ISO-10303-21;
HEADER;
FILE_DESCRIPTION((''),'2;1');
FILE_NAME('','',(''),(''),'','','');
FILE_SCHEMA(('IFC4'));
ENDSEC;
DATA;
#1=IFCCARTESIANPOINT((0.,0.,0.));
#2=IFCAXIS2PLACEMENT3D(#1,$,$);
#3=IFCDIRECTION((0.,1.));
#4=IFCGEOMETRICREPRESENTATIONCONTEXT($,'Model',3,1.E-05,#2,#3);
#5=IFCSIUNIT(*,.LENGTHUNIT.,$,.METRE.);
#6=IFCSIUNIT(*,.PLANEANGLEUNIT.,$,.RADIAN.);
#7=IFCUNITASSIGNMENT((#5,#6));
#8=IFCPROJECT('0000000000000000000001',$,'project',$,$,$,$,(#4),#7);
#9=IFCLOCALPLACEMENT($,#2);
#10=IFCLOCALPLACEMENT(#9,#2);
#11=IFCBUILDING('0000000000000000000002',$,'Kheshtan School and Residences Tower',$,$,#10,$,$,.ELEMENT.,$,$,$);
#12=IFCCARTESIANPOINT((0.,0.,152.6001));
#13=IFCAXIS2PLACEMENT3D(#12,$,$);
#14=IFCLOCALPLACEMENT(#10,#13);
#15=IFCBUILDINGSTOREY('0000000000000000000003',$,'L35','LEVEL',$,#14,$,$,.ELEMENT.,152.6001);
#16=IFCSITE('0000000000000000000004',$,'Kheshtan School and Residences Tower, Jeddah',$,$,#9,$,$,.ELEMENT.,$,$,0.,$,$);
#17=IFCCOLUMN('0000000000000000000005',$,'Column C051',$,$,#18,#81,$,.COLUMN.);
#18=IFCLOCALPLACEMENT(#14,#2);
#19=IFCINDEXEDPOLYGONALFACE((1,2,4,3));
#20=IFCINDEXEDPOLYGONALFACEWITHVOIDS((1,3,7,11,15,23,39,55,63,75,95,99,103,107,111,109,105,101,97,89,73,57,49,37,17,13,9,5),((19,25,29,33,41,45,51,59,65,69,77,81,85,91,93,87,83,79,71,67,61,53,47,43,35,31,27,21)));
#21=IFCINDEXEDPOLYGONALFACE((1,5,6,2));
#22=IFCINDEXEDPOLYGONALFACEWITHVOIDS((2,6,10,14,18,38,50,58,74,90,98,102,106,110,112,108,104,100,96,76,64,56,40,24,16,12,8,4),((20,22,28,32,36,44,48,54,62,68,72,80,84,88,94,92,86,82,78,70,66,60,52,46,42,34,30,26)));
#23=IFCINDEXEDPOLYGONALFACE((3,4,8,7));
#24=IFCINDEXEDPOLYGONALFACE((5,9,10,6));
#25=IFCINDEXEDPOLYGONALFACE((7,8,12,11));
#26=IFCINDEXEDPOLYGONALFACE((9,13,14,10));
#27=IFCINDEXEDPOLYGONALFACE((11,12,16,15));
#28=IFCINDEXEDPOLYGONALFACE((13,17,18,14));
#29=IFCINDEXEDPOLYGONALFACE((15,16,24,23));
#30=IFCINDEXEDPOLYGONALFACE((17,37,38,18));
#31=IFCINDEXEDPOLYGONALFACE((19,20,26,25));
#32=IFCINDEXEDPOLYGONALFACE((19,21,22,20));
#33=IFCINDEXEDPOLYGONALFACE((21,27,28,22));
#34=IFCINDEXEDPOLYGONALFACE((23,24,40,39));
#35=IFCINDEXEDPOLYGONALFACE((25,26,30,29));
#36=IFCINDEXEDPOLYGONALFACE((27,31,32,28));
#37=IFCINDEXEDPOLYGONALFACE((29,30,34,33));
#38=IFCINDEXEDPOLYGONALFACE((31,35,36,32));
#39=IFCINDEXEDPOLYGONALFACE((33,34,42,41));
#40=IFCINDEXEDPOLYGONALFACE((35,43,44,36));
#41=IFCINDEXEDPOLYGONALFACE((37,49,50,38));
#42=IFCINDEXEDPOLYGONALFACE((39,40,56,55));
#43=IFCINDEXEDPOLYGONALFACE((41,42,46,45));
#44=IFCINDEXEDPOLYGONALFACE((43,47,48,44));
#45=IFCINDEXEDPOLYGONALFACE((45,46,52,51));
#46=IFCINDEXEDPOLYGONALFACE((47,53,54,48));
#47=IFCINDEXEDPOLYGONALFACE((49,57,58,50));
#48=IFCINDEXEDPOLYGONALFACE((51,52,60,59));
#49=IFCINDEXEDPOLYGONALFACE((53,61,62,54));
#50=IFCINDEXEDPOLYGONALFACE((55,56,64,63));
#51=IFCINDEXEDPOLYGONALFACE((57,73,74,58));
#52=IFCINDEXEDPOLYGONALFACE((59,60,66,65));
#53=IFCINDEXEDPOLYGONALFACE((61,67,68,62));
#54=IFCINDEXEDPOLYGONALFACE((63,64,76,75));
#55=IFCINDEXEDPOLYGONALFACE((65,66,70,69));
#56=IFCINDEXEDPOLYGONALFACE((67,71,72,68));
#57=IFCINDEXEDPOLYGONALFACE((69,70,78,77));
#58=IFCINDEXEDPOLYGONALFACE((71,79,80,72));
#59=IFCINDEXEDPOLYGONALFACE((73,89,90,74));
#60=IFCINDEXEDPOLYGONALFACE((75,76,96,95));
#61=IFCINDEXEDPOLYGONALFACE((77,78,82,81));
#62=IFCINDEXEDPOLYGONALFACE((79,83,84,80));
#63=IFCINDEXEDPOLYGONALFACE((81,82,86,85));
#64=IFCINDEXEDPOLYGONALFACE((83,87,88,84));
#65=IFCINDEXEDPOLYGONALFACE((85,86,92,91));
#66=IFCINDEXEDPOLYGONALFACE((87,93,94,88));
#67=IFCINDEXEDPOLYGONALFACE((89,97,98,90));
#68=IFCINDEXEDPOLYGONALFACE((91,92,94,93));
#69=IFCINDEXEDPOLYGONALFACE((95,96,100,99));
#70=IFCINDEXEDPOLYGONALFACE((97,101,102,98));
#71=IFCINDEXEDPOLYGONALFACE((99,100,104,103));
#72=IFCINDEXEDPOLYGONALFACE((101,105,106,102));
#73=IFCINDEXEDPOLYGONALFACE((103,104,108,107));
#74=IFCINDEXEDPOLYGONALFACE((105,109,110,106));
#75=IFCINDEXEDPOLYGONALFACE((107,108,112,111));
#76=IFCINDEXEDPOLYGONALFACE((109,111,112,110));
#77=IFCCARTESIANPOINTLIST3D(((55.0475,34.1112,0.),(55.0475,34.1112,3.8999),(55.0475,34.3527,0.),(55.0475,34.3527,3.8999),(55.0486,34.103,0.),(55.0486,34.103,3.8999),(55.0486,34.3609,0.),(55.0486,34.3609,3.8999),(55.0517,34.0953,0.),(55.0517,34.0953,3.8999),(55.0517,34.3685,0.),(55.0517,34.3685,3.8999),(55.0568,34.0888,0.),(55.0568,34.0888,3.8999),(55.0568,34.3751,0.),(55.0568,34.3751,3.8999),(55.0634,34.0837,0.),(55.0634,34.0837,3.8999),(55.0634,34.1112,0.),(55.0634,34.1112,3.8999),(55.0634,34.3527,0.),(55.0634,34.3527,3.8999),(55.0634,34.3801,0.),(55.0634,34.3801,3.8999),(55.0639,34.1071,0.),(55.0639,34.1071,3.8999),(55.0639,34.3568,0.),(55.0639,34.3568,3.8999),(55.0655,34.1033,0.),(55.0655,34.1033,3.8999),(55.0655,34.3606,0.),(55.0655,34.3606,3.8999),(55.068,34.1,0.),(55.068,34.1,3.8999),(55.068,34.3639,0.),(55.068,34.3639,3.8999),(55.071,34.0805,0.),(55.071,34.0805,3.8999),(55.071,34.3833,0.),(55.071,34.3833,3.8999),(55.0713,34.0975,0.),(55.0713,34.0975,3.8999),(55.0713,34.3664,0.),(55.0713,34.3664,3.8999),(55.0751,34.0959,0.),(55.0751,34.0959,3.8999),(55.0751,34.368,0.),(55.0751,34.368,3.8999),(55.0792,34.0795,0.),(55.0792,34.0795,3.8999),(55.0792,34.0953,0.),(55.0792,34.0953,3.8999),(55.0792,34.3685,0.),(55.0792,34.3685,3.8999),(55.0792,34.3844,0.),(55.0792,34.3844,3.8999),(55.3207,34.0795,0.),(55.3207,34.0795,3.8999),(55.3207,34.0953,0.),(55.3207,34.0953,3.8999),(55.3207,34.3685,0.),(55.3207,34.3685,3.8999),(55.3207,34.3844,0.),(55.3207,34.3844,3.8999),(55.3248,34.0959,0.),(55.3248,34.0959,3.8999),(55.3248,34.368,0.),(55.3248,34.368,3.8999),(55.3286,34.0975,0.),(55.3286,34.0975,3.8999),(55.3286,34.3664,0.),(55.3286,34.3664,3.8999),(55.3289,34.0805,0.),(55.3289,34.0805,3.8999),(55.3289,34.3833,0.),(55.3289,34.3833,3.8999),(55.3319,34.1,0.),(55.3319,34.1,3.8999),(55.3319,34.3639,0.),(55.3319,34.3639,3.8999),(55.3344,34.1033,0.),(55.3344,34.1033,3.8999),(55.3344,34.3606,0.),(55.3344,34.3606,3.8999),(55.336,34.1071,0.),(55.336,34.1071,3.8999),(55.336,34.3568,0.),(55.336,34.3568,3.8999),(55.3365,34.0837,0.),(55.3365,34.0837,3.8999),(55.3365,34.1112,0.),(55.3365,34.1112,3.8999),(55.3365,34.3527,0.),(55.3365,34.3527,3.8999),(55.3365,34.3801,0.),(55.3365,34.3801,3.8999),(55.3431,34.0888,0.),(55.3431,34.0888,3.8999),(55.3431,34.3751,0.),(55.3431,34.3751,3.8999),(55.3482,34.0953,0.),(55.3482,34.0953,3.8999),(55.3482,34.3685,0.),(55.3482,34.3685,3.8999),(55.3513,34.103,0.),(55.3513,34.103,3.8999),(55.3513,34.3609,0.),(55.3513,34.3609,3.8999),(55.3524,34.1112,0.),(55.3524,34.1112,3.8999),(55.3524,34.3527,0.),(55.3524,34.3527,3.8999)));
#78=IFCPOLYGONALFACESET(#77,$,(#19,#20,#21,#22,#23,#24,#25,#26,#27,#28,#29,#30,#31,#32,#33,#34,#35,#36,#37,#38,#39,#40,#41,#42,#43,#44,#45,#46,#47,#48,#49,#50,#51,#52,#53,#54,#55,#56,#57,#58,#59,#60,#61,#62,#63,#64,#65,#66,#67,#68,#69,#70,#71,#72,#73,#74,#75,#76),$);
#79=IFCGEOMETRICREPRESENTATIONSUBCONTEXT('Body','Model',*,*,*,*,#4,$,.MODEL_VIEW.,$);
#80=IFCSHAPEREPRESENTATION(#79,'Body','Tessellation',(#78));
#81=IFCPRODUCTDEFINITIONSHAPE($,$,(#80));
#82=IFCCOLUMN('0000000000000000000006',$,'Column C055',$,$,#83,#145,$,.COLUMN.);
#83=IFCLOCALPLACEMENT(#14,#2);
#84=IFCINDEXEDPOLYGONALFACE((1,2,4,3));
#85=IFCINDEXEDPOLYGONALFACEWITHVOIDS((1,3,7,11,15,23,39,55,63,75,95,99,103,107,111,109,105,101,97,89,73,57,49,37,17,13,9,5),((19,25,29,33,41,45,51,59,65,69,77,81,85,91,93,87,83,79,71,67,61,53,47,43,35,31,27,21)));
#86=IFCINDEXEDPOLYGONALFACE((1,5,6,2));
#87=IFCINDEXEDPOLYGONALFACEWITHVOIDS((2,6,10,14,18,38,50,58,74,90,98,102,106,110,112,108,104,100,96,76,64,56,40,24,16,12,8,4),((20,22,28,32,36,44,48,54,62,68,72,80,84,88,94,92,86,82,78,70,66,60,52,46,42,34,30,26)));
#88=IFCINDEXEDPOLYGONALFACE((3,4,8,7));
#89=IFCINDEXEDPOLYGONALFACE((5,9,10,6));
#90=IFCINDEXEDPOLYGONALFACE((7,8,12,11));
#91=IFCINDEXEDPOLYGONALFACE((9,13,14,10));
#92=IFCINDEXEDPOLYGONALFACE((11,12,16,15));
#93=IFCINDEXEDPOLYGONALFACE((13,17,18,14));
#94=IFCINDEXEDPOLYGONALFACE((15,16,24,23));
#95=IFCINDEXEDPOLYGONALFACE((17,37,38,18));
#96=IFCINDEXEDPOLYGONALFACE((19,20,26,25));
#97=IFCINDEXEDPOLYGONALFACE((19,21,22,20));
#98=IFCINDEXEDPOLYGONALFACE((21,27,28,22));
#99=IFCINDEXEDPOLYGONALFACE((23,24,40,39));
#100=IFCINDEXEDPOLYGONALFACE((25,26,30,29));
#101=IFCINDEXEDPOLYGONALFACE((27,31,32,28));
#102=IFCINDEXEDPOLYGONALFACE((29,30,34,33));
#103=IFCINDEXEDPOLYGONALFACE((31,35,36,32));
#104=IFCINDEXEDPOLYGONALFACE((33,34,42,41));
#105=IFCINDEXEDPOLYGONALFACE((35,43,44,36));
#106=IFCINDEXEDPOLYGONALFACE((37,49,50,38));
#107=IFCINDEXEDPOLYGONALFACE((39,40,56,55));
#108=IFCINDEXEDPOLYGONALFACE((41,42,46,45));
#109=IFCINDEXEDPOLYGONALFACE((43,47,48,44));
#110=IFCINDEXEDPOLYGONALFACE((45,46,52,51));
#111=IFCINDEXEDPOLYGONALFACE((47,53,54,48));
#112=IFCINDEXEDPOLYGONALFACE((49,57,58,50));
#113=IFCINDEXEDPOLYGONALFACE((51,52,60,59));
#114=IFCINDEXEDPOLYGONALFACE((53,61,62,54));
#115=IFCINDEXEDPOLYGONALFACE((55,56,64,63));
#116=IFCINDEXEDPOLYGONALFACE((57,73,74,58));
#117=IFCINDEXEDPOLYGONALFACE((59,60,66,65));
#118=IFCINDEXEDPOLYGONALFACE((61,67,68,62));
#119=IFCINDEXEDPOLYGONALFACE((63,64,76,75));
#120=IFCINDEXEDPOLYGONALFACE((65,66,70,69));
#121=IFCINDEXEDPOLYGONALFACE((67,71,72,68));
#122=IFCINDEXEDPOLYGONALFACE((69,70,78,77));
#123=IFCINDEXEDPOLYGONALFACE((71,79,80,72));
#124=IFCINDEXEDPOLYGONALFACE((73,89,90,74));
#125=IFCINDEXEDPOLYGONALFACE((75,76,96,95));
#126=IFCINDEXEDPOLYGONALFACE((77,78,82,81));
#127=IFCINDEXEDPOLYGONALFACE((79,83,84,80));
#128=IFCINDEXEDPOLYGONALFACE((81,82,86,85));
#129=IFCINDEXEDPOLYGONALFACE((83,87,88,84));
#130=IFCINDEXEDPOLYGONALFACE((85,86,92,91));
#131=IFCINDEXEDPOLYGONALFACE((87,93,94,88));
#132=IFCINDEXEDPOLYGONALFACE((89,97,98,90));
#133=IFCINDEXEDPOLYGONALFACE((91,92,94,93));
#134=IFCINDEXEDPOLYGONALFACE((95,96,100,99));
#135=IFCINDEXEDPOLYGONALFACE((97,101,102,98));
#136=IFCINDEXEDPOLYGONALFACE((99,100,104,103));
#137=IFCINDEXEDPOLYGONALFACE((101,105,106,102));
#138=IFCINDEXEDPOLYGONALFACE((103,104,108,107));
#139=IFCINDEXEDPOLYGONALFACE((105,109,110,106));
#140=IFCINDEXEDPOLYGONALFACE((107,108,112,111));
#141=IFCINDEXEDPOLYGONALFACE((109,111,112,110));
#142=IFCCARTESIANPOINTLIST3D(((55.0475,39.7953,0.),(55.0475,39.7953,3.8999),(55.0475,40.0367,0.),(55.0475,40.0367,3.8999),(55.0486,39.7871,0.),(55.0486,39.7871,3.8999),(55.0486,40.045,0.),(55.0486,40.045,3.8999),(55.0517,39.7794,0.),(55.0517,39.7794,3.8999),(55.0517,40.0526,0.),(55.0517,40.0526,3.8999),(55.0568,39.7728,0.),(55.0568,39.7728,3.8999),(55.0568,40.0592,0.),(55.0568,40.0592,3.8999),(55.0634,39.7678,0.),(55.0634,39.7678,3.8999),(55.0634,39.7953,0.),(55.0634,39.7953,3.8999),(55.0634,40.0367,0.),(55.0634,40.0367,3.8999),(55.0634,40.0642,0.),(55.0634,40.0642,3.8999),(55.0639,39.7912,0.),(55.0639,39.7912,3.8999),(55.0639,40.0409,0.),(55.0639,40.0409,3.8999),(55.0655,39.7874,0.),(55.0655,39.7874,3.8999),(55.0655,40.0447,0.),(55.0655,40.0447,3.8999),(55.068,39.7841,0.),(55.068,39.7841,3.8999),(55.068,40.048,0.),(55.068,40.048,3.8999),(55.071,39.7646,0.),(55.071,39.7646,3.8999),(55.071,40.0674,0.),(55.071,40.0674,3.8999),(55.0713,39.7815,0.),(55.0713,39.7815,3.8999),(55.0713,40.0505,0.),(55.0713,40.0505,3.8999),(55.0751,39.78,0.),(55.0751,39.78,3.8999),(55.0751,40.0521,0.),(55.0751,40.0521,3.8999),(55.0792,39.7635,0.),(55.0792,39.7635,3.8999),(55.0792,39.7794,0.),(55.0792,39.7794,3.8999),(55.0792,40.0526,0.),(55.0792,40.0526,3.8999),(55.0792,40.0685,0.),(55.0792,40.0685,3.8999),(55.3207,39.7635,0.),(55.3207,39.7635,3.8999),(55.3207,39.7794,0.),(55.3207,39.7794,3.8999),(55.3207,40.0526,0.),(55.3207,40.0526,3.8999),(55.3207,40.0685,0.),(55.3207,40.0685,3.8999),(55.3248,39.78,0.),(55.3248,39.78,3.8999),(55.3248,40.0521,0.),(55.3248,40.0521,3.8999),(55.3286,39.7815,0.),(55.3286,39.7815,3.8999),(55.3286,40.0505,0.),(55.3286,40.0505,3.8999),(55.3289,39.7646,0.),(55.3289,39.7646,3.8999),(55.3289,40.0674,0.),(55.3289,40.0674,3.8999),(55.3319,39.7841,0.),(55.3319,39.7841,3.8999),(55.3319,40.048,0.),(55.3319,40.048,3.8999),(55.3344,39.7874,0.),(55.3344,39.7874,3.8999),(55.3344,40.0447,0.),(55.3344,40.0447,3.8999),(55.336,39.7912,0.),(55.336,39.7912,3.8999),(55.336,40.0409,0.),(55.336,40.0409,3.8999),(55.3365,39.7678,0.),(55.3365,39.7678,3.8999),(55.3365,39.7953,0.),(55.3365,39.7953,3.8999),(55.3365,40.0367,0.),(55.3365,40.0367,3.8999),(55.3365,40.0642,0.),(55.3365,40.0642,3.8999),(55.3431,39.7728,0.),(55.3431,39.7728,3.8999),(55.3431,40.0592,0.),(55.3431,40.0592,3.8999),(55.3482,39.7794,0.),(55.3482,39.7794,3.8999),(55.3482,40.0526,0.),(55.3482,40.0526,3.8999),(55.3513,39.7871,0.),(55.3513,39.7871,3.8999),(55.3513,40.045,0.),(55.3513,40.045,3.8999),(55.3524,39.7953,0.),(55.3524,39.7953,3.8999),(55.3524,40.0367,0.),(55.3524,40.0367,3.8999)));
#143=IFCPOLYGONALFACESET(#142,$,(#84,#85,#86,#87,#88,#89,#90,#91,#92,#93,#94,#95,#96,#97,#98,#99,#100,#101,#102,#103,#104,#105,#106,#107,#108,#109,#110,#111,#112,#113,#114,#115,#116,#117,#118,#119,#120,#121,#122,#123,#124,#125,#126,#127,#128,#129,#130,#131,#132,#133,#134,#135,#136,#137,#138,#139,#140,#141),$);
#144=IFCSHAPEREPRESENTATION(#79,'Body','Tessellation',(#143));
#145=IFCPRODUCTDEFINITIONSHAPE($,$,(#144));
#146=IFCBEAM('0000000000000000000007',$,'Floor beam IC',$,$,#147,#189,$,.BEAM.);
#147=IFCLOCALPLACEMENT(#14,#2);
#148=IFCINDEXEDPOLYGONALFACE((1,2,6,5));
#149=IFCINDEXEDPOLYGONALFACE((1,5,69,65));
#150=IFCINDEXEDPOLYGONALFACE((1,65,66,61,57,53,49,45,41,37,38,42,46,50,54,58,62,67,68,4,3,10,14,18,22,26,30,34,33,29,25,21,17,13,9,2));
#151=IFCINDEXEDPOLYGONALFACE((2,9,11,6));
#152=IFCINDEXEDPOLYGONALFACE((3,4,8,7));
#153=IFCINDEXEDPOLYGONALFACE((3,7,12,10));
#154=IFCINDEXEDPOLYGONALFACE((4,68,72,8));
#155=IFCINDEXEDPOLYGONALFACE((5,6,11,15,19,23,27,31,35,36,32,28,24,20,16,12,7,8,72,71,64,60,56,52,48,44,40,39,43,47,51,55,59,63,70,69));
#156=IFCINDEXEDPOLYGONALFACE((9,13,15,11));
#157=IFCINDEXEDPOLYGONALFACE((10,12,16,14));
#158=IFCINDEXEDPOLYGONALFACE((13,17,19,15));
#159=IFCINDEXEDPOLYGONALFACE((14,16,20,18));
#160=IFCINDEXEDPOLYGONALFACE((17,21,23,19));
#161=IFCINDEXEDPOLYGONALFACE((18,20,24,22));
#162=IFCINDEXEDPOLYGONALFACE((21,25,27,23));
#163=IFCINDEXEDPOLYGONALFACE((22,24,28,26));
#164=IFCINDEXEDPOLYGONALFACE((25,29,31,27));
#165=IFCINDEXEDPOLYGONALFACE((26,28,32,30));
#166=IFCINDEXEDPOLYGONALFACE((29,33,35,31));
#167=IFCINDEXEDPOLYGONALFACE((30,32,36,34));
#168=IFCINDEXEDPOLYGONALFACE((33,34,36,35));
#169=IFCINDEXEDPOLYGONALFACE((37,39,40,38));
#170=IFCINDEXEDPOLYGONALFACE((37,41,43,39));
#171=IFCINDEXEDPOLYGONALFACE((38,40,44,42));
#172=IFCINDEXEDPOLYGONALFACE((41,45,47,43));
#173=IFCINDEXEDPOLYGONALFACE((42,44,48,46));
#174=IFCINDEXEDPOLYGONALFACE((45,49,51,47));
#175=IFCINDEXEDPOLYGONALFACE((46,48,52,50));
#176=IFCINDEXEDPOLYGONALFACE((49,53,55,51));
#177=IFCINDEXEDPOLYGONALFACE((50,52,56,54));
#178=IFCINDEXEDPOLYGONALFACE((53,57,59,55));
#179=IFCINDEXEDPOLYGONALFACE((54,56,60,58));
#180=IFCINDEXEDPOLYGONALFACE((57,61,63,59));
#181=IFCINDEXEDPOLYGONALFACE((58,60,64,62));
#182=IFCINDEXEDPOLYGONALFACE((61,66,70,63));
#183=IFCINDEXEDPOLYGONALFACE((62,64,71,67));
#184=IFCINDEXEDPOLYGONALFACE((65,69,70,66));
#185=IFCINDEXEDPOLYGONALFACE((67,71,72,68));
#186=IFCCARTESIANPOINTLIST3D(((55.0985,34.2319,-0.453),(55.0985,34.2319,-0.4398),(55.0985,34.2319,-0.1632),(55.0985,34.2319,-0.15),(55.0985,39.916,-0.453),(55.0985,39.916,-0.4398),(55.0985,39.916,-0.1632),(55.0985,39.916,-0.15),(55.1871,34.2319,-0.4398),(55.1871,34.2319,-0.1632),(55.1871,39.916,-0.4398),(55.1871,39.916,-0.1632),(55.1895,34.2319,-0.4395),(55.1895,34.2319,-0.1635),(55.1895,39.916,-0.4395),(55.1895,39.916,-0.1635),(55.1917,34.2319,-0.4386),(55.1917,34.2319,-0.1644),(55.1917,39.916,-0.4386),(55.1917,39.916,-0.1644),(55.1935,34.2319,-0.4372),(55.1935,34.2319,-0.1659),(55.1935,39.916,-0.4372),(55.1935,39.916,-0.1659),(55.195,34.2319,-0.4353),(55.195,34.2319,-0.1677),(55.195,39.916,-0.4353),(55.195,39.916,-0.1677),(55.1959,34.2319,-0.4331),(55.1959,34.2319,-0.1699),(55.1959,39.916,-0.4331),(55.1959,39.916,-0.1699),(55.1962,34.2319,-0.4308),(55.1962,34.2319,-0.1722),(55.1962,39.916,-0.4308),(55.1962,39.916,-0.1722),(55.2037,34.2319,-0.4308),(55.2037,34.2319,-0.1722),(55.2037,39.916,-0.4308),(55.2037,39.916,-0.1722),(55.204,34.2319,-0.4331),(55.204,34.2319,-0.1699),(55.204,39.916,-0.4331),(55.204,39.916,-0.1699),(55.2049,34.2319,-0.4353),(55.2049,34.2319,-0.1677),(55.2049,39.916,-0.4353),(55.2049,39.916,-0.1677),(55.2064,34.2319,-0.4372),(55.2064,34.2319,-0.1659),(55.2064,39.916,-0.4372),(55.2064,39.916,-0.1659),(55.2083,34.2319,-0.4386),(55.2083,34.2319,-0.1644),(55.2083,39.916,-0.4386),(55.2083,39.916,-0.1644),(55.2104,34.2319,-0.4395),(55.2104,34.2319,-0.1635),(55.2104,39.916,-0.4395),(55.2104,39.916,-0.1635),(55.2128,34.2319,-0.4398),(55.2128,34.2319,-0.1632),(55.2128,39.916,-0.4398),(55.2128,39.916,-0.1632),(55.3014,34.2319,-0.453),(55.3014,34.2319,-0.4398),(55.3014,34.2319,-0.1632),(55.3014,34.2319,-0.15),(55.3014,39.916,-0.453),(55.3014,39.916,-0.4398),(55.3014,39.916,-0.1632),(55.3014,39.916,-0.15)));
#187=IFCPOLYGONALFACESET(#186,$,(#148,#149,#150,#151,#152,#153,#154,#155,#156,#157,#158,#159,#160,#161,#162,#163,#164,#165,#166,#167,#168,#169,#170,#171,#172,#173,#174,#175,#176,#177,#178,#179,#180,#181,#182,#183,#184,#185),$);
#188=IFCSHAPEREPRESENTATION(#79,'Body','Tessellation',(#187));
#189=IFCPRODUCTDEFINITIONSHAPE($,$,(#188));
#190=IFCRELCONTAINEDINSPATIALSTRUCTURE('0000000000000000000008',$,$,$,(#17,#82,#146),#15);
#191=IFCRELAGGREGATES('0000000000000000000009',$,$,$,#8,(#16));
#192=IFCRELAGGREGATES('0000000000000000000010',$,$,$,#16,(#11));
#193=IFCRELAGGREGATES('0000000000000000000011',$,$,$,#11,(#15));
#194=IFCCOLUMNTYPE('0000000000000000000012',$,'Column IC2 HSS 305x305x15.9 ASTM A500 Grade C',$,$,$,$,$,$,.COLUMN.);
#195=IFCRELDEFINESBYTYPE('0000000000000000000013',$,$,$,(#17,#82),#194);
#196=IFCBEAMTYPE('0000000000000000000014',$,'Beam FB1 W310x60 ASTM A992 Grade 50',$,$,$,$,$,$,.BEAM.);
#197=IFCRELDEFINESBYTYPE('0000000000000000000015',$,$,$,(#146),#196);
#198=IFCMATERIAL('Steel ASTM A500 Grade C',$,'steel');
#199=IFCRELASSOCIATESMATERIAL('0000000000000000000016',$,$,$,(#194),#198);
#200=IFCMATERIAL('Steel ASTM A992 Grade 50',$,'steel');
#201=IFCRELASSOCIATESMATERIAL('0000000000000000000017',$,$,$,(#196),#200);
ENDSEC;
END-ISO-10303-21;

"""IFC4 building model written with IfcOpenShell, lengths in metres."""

from ifc_helpers import new_model, si_unit, direction, frame, origin, origin_2d, place, context, subcontext, project, spatial, hollow_rectangle, i_section, extrude, material, material_profile, profile_set, type_object, element, save


model = new_model("IFC4")

# Units and contexts
model_context = context("Model", 3, precision=1e-05, world=origin(), true_north=direction((0.0, 1.0)))
body_context = subcontext(model_context, "Body", "Model", "MODEL_VIEW")
ifc_project = project(units=[si_unit("LENGTHUNIT", "METRE"), si_unit("PLANEANGLEUNIT", "RADIAN")], contexts=[model_context])

# Site, building, storey
site_placement = place(None, origin())
site = spatial("IfcSite", under=ifc_project, at=site_placement, Name="Kheshtan School and Residences Tower, Jeddah", CompositionType="ELEMENT", RefElevation=0.0)
building_placement = place(site_placement, origin())
building = spatial("IfcBuilding", under=site, at=building_placement, Name="Kheshtan School and Residences Tower", CompositionType="ELEMENT")
storey_placement = place(building_placement, frame((0.0, 0.0, 152.6001)))
storey = spatial("IfcBuildingStorey", under=building, at=storey_placement, Name="L35", Description="LEVEL", CompositionType="ELEMENT", Elevation=152.6001)

# Columns
ifc_material_1 = material(Name="Steel ASTM A500 Grade C", Category="steel")
ifc_material_profile_1 = material_profile(ifc_material_1, hollow_rectangle(XDim=0.3049, YDim=0.3049, WallThickness=0.0159, InnerFilletRadius=0.0159, OuterFilletRadius=0.0317, at=origin_2d()), Name="HSS 305x305x15.9")
ifc_profile_set_1 = profile_set([ifc_material_profile_1], Name="Steel ASTM A500 Grade C")
column_type = type_object("IfcColumnType", Name="Column IC2 HSS 305x305x15.9 ASTM A500 Grade C", PredefinedType="COLUMN", material=ifc_profile_set_1)
for number, where, z_axis, x_axis, name in (
    (1, (55.2, 34.2319, 0.0), (0.0, 0.0, 1.0), (1.0, 0.0, 0.0), "Column C051"),
    (2, (55.2, 39.916, 0.0), (0.0, 0.0, 1.0), (1.0, 0.0, 0.0), "Column C055"),
):
    element("IfcColumn", number, at=place(storey_placement, frame(where, z_axis=z_axis, x_axis=x_axis)), inside=storey, type_object=column_type, Name=name, PredefinedType="COLUMN", context=body_context, shape_type="SweptSolid", body=[
        extrude(hollow_rectangle(XDim=0.3049, YDim=0.3049, WallThickness=0.0159, InnerFilletRadius=0.0159, OuterFilletRadius=0.0317, at=origin_2d()), origin(), (0.0, 0.0, 1.0), 3.8999),
    ])

# Beam
ifc_material_2 = material(Name="Steel ASTM A992 Grade 50", Category="steel")
ifc_material_profile_2 = material_profile(ifc_material_2, i_section(OverallWidth=0.2029, OverallDepth=0.303, WebThickness=0.0076, FlangeThickness=0.0132, FilletRadius=0.009, at=origin_2d()), Name="W310x60")
ifc_profile_set_2 = profile_set([ifc_material_profile_2], Name="Steel ASTM A992 Grade 50")
beam_type = type_object("IfcBeamType", Name="Beam FB1 W310x60 ASTM A992 Grade 50", PredefinedType="BEAM", material=ifc_profile_set_2)
beam_placement = place(storey_placement, frame((55.2, 34.2319, -0.3015), z_axis=(0.0, 1.0, 0.0), x_axis=(-1.0, 0.0, 0.0)))
element("IfcBeam", 3, at=beam_placement, inside=storey, type_object=beam_type, Name="Floor beam IC", PredefinedType="BEAM", context=body_context, shape_type="SweptSolid", body=[
    extrude(i_section(OverallWidth=0.2029, OverallDepth=0.303, WebThickness=0.0076, FlangeThickness=0.0132, FilletRadius=0.009, at=origin_2d()), origin(), (0.0, 0.0, 1.0), 5.6841),
])

save(model, "model.ifc")
